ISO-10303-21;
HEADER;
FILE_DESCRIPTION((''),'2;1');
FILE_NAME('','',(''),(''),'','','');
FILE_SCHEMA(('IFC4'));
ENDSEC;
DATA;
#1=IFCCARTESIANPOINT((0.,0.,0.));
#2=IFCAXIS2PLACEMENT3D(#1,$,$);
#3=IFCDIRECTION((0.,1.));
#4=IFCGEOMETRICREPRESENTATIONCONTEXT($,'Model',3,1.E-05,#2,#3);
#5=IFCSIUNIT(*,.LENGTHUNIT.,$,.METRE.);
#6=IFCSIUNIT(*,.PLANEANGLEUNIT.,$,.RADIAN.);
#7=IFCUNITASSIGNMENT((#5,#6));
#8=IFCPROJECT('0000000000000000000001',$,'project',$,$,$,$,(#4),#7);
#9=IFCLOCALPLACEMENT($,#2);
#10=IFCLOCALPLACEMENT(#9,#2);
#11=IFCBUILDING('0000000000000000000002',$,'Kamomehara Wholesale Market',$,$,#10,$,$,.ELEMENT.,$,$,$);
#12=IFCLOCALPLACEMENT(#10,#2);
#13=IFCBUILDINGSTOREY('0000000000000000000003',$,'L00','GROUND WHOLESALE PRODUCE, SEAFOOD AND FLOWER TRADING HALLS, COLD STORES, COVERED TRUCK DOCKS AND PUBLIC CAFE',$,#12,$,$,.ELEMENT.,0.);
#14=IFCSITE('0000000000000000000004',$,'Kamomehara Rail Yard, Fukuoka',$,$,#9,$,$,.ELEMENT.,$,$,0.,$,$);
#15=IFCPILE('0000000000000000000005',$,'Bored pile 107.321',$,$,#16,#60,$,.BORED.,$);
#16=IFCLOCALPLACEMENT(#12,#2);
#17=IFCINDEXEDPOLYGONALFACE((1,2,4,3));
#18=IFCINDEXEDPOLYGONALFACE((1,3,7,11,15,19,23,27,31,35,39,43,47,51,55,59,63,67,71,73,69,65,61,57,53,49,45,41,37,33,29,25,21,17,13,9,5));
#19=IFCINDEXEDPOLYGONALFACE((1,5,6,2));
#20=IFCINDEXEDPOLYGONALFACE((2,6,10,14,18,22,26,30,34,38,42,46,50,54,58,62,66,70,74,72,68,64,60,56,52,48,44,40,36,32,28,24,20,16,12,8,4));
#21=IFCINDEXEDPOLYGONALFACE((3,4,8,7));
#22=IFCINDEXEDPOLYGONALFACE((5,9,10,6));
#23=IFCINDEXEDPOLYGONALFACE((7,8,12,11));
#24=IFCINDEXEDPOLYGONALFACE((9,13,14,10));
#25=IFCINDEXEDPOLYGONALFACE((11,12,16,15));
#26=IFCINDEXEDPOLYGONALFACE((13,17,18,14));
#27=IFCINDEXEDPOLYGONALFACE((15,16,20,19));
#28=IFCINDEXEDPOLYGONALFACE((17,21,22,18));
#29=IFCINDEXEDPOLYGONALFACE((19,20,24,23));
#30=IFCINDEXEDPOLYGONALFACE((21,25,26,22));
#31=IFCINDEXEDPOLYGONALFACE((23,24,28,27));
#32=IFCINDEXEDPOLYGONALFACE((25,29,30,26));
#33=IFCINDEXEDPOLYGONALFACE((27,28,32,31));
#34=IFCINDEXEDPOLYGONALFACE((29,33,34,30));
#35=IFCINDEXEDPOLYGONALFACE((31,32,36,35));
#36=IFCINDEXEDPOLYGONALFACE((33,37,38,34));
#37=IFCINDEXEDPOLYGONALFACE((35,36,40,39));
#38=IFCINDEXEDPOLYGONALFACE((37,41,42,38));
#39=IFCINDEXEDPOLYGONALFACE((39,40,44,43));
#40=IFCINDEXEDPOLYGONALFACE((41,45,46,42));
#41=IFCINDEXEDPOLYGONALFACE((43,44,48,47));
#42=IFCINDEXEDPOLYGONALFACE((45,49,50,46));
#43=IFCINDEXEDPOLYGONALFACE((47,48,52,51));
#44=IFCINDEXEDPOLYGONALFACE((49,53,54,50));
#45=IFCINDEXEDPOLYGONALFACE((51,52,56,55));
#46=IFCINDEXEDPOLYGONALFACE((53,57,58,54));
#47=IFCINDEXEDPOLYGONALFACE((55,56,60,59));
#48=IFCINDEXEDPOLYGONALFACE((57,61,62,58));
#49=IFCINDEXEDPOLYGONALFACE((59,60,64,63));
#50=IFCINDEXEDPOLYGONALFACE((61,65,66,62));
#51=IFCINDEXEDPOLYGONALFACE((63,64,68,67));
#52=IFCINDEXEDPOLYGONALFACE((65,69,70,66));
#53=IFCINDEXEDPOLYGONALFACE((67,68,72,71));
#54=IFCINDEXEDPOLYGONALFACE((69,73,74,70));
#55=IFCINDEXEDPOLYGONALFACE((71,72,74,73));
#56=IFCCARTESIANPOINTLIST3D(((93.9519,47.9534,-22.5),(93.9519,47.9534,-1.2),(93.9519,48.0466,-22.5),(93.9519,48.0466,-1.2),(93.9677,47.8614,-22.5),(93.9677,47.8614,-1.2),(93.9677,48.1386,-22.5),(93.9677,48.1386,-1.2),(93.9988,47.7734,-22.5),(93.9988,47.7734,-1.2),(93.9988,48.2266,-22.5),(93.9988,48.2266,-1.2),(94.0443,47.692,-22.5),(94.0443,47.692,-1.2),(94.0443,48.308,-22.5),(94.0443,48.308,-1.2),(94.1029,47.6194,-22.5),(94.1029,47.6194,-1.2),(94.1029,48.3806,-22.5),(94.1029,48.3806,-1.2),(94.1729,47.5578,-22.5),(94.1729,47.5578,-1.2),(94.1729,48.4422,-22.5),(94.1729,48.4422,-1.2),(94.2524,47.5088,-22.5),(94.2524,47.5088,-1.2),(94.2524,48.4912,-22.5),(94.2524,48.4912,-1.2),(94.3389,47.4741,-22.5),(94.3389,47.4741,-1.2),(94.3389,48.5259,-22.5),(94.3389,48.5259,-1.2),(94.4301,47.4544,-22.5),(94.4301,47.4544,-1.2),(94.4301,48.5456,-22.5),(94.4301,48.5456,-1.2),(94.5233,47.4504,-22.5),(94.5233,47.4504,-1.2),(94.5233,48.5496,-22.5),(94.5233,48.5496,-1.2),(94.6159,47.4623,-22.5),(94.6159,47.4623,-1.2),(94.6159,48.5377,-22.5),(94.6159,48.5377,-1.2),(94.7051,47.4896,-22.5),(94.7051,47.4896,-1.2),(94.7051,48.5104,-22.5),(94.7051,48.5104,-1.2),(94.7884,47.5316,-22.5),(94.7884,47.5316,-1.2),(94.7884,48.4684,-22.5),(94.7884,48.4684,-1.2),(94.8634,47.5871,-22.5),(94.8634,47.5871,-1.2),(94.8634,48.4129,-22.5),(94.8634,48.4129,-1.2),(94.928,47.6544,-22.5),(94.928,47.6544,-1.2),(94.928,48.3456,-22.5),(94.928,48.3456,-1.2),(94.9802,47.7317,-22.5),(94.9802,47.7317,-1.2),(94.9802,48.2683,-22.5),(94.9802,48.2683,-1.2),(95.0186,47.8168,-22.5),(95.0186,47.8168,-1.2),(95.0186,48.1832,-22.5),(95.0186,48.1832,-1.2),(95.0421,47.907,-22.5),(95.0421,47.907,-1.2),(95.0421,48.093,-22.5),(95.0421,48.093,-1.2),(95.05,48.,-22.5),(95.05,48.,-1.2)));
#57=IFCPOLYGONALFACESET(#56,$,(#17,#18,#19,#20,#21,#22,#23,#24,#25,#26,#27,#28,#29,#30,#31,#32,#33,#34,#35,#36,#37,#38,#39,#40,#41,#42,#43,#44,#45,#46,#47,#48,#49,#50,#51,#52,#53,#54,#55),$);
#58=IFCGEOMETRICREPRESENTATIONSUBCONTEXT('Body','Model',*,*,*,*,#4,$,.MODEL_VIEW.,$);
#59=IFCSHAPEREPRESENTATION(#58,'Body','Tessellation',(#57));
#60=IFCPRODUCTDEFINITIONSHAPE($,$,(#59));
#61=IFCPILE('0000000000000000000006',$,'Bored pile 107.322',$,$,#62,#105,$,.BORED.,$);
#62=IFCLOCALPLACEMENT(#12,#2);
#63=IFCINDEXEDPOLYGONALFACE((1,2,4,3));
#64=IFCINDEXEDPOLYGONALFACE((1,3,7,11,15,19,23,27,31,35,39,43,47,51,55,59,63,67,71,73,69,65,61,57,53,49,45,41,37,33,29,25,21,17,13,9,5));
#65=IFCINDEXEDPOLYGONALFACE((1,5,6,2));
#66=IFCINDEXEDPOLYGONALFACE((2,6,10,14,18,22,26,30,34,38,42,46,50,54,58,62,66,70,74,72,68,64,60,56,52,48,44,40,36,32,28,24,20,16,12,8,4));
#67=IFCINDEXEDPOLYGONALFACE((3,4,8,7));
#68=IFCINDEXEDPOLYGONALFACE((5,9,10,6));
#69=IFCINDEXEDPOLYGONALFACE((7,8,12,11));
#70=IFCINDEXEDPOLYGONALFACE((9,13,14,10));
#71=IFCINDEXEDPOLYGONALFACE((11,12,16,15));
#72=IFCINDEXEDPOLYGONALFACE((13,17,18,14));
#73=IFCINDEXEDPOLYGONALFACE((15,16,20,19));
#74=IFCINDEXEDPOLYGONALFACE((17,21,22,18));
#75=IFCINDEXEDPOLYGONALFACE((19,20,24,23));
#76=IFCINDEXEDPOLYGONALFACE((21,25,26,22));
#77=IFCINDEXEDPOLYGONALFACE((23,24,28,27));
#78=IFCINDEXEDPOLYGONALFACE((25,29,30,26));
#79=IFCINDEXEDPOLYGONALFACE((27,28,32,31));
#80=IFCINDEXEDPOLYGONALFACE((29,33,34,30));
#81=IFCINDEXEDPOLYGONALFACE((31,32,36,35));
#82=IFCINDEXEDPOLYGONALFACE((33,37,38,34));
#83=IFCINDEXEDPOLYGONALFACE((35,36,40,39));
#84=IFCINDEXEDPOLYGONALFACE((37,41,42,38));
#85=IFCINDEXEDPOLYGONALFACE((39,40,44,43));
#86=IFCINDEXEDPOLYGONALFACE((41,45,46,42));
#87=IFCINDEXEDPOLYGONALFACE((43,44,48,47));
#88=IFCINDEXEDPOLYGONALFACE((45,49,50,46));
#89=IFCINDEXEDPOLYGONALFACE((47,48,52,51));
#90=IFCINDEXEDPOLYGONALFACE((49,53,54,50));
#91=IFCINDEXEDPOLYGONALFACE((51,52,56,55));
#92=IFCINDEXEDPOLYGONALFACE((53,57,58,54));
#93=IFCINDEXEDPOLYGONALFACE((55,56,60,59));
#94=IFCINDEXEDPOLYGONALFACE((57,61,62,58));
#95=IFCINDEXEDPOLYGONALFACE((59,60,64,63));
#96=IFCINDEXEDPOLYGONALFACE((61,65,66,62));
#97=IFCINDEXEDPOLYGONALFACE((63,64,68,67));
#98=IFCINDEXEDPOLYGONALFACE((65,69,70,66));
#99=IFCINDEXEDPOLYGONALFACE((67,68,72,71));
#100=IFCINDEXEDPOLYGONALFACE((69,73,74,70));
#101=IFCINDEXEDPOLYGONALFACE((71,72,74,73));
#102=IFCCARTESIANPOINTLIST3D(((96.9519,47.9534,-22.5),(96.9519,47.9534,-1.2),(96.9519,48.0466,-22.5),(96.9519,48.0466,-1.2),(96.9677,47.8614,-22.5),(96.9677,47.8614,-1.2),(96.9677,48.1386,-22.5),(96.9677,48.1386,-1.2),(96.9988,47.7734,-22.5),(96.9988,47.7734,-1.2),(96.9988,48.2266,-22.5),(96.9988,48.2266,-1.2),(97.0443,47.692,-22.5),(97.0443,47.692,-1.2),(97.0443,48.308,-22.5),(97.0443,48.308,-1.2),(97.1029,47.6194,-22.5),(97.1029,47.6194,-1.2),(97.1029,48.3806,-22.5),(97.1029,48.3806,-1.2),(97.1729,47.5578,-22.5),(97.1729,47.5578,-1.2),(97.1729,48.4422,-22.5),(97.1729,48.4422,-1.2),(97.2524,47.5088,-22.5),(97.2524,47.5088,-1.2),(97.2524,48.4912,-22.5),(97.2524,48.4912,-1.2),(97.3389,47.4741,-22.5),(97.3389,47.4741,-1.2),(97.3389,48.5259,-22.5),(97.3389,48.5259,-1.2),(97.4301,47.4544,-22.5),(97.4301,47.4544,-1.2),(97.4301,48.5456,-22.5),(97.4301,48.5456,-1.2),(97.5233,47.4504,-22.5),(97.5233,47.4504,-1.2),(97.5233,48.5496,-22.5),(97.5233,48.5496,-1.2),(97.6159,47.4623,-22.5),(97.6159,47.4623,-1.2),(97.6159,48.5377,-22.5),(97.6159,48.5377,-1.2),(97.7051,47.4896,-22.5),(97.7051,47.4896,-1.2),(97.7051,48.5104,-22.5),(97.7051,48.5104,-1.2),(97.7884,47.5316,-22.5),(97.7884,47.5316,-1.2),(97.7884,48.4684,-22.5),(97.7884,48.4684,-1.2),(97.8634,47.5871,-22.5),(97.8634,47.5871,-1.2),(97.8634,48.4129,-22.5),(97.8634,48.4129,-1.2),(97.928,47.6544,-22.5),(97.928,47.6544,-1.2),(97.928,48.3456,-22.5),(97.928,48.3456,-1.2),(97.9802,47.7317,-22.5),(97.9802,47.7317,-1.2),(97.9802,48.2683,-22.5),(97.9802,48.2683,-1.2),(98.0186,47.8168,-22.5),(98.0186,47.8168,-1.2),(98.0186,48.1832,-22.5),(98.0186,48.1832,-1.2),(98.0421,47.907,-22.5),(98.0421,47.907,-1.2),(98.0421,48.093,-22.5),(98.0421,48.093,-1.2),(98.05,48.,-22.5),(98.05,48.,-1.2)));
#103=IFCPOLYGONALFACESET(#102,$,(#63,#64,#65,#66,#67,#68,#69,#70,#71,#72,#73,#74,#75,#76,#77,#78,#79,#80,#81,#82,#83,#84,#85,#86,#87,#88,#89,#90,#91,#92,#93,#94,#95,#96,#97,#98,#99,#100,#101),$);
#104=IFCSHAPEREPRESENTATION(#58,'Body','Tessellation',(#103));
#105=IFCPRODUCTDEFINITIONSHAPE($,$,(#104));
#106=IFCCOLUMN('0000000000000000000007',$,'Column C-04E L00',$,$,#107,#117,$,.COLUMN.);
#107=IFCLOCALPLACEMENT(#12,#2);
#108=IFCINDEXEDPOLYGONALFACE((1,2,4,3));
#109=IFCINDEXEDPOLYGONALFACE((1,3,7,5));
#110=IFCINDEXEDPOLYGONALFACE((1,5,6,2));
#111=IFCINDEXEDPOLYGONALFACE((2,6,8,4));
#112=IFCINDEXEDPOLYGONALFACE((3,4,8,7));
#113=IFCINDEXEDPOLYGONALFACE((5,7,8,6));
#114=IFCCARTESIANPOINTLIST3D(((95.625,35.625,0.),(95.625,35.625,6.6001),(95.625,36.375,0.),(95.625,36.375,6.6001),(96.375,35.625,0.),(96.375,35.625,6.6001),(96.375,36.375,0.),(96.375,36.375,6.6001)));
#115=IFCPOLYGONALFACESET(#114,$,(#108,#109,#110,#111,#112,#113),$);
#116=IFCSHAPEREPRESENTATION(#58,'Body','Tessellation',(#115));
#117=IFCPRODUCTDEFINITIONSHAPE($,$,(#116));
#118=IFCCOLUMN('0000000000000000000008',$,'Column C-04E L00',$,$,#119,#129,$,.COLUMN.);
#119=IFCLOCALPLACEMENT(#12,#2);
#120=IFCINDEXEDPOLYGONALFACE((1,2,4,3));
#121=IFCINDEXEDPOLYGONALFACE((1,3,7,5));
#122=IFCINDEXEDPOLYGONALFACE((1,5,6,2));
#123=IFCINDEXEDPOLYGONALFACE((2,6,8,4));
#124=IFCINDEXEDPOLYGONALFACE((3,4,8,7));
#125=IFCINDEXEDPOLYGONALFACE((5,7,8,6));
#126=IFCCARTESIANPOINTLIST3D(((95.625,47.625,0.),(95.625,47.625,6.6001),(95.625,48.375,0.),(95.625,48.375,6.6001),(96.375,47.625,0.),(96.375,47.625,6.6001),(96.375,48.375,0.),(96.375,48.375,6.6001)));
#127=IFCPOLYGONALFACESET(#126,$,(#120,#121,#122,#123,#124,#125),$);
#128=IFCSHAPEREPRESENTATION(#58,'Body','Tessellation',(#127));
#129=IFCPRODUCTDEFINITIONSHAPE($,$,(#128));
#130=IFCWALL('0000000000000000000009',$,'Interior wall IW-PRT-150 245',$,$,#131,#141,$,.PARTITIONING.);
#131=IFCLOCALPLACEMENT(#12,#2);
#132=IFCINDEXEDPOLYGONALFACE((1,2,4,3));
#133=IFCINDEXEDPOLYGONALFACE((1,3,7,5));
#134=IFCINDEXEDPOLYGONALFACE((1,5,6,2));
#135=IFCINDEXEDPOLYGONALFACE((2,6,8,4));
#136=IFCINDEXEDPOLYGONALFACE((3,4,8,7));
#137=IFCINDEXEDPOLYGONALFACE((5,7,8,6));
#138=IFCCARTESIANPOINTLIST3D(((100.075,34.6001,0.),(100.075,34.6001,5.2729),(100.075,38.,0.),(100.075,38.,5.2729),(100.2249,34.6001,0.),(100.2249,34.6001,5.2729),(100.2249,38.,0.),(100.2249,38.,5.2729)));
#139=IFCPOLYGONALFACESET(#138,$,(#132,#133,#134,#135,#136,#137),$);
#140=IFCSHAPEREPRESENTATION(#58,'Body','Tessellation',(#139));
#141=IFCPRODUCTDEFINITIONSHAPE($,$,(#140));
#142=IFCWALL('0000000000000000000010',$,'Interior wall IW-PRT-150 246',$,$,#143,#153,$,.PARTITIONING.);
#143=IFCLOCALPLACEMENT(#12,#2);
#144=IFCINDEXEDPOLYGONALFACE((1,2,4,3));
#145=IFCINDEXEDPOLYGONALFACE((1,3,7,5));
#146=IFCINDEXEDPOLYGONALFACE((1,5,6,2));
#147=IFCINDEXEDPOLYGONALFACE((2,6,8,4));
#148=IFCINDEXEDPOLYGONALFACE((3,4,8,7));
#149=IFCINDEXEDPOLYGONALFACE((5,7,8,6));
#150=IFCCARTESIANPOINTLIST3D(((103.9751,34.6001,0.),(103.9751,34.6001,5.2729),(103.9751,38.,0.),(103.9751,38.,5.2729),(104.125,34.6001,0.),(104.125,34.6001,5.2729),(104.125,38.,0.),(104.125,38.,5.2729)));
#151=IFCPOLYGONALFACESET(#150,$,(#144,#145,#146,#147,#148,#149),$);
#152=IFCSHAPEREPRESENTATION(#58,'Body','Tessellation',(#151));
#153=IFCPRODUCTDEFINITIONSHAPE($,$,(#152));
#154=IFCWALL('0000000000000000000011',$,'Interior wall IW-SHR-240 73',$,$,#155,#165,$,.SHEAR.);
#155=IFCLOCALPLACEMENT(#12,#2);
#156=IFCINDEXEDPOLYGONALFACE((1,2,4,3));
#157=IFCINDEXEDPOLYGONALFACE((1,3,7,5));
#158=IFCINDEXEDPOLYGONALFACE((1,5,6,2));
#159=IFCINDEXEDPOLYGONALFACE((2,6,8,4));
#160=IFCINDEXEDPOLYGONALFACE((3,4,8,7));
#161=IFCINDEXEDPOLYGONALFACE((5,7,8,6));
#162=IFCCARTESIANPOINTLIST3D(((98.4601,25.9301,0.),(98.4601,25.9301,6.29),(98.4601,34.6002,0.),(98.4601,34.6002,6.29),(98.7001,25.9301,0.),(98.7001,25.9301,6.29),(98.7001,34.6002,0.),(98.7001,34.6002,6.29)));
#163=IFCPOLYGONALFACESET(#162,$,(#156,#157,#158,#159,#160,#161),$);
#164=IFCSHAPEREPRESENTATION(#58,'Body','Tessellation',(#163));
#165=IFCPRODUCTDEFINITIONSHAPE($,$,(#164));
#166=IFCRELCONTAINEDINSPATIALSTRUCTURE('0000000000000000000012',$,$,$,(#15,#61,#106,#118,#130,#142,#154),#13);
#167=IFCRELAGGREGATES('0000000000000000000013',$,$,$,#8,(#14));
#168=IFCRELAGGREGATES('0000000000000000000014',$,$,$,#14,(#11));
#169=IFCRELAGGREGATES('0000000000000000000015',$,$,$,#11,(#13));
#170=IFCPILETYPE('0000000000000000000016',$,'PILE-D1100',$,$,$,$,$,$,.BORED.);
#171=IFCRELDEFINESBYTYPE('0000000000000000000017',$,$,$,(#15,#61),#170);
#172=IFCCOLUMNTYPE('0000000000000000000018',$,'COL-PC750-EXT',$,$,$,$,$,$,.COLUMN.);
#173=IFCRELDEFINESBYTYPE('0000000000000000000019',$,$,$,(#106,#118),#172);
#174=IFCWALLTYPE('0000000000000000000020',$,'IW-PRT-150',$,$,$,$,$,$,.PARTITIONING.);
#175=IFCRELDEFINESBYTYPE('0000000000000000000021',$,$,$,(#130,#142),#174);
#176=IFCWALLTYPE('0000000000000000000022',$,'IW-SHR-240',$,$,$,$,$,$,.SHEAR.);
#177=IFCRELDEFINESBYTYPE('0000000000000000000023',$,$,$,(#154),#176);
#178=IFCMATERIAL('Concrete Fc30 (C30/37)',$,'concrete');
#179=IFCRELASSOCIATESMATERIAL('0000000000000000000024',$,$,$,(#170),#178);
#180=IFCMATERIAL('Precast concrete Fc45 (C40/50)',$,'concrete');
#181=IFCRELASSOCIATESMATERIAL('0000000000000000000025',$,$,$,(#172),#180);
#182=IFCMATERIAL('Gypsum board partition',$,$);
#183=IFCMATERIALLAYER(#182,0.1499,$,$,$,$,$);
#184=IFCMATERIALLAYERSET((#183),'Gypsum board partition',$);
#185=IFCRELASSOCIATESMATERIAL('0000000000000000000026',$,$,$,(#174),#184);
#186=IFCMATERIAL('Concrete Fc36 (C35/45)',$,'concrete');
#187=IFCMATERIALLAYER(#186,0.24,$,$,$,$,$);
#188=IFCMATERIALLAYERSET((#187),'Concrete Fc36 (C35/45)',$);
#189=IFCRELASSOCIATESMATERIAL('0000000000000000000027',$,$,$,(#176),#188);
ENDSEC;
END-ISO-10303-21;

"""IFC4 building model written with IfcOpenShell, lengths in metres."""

from ifc_helpers import new_model, si_unit, direction, frame, frame_2d, origin, origin_2d, place, context, subcontext, project, spatial, rectangle, circle, extrude, material, layer, layer_set, material_profile, profile_set, type_object, element, save


model = new_model("IFC4")

# Units and contexts
model_context = context("Model", 3, precision=1e-05, world=origin(), true_north=direction((0.0, 1.0)))
body_context = subcontext(model_context, "Body", "Model", "MODEL_VIEW")
ifc_project = project(units=[si_unit("LENGTHUNIT", "METRE"), si_unit("PLANEANGLEUNIT", "RADIAN")], contexts=[model_context])

# Site, building, storey
site_placement = place(None, origin())
site = spatial("IfcSite", under=ifc_project, at=site_placement, Name="Kamomehara Rail Yard, Fukuoka", CompositionType="ELEMENT", RefElevation=0.0)
building_placement = place(site_placement, origin())
building = spatial("IfcBuilding", under=site, at=building_placement, Name="Kamomehara Wholesale Market", CompositionType="ELEMENT")
storey_placement = place(building_placement, origin())
storey = spatial("IfcBuildingStorey", under=building, at=storey_placement, Name="L00", Description="GROUND WHOLESALE PRODUCE, SEAFOOD AND FLOWER TRADING HALLS, COLD STORES, COVERED TRUCK DOCKS AND PUBLIC CAFE", CompositionType="ELEMENT", Elevation=0.0)

# Piles
ifc_material_1 = material(Name="Concrete Fc30 (C30/37)", Category="concrete")
ifc_material_profile_1 = material_profile(ifc_material_1, circle(Radius=0.55, at=origin_2d()), Name="RC-PILE-D1100")
ifc_profile_set_1 = profile_set([ifc_material_profile_1], Name="Concrete Fc30 (C30/37)")
pile_type_1 = type_object("IfcPileType", Name="PILE-D1100", PredefinedType="BORED", material=ifc_profile_set_1)
for number, where, z_axis, x_axis, name in (
    (1, (94.5, 48.0, -1.2), (0.0, 0.0, -1.0), (1.0, 0.0, 0.0), "Bored pile 107.321"),
    (2, (97.5, 48.0, -1.2), (0.0, 0.0, -1.0), (1.0, 0.0, 0.0), "Bored pile 107.322"),
):
    element("IfcPile", number, at=place(storey_placement, frame(where, z_axis=z_axis, x_axis=x_axis)), inside=storey, type_object=pile_type_1, Name=name, PredefinedType="BORED", context=body_context, shape_type="SweptSolid", body=[
        extrude(circle(Radius=0.55, at=origin_2d()), origin(), (0.0, 0.0, 1.0), 21.3),
    ])

# Columns
ifc_material_2 = material(Name="Precast concrete Fc45 (C40/50)", Category="concrete")
ifc_material_profile_2 = material_profile(ifc_material_2, rectangle(XDim=0.75, YDim=0.75, at=origin_2d()), Name="PC-COL-750x750")
ifc_profile_set_2 = profile_set([ifc_material_profile_2], Name="Precast concrete Fc45 (C40/50)")
column_type = type_object("IfcColumnType", Name="COL-PC750-EXT", PredefinedType="COLUMN", material=ifc_profile_set_2)
for number, where, z_axis, x_axis, name in (
    (3, (96.0, 36.0, 0.0), (0.0, 0.0, 1.0), (1.0, 0.0, 0.0), "Column C-04E L00"),
    (4, (96.0, 48.0, 0.0), (0.0, 0.0, 1.0), (1.0, 0.0, 0.0), "Column C-04E L00"),
):
    element("IfcColumn", number, at=place(storey_placement, frame(where, z_axis=z_axis, x_axis=x_axis)), inside=storey, type_object=column_type, Name=name, PredefinedType="COLUMN", context=body_context, shape_type="SweptSolid", body=[
        extrude(rectangle(XDim=0.75, YDim=0.75, at=origin_2d()), origin(), (0.0, 0.0, 1.0), 6.6001),
    ])

# Walls
ifc_material_3 = material(Name="Gypsum board partition")
ifc_layer_1 = layer(ifc_material_3, 0.1499)
ifc_layer_set_1 = layer_set([ifc_layer_1], Name="Gypsum board partition")
wall_type_1 = type_object("IfcWallType", Name="IW-PRT-150", PredefinedType="PARTITIONING", material=ifc_layer_set_1)
for number, where, z_axis, x_axis, name in (
    (5, (100.1499, 34.6001, 0.0), (0.0, 0.0, 1.0), (0.0, 1.0, 0.0), "Interior wall IW-PRT-150 245"),
    (6, (104.05, 34.6001, 0.0), (0.0, 0.0, 1.0), (0.0, 1.0, 0.0), "Interior wall IW-PRT-150 246"),
):
    element("IfcWall", number, at=place(storey_placement, frame(where, z_axis=z_axis, x_axis=x_axis)), inside=storey, type_object=wall_type_1, Name=name, PredefinedType="PARTITIONING", context=body_context, shape_type="SweptSolid", body=[
        extrude(rectangle(XDim=3.3999, YDim=0.1499, at=frame_2d((1.7, 0.0))), origin(), (0.0, 0.0, 1.0), 5.2729),
    ])
ifc_material_4 = material(Name="Concrete Fc36 (C35/45)", Category="concrete")
ifc_layer_2 = layer(ifc_material_4, 0.24)
ifc_layer_set_2 = layer_set([ifc_layer_2], Name="Concrete Fc36 (C35/45)")
wall_type_2 = type_object("IfcWallType", Name="IW-SHR-240", PredefinedType="SHEAR", material=ifc_layer_set_2)
wall_1_placement = place(storey_placement, frame((98.5801, 34.6001, 0.0), z_axis=(0.0, 0.0, 1.0), x_axis=(0.0, -1.0, 0.0)))
element("IfcWall", 7, at=wall_1_placement, inside=storey, type_object=wall_type_2, Name="Interior wall IW-SHR-240 73", PredefinedType="SHEAR", context=body_context, shape_type="SweptSolid", body=[
    extrude(rectangle(XDim=8.6702, YDim=0.24, at=frame_2d((4.335, 0.0))), origin(), (0.0, 0.0, 1.0), 6.29),
])

save(model, "model.ifc")
